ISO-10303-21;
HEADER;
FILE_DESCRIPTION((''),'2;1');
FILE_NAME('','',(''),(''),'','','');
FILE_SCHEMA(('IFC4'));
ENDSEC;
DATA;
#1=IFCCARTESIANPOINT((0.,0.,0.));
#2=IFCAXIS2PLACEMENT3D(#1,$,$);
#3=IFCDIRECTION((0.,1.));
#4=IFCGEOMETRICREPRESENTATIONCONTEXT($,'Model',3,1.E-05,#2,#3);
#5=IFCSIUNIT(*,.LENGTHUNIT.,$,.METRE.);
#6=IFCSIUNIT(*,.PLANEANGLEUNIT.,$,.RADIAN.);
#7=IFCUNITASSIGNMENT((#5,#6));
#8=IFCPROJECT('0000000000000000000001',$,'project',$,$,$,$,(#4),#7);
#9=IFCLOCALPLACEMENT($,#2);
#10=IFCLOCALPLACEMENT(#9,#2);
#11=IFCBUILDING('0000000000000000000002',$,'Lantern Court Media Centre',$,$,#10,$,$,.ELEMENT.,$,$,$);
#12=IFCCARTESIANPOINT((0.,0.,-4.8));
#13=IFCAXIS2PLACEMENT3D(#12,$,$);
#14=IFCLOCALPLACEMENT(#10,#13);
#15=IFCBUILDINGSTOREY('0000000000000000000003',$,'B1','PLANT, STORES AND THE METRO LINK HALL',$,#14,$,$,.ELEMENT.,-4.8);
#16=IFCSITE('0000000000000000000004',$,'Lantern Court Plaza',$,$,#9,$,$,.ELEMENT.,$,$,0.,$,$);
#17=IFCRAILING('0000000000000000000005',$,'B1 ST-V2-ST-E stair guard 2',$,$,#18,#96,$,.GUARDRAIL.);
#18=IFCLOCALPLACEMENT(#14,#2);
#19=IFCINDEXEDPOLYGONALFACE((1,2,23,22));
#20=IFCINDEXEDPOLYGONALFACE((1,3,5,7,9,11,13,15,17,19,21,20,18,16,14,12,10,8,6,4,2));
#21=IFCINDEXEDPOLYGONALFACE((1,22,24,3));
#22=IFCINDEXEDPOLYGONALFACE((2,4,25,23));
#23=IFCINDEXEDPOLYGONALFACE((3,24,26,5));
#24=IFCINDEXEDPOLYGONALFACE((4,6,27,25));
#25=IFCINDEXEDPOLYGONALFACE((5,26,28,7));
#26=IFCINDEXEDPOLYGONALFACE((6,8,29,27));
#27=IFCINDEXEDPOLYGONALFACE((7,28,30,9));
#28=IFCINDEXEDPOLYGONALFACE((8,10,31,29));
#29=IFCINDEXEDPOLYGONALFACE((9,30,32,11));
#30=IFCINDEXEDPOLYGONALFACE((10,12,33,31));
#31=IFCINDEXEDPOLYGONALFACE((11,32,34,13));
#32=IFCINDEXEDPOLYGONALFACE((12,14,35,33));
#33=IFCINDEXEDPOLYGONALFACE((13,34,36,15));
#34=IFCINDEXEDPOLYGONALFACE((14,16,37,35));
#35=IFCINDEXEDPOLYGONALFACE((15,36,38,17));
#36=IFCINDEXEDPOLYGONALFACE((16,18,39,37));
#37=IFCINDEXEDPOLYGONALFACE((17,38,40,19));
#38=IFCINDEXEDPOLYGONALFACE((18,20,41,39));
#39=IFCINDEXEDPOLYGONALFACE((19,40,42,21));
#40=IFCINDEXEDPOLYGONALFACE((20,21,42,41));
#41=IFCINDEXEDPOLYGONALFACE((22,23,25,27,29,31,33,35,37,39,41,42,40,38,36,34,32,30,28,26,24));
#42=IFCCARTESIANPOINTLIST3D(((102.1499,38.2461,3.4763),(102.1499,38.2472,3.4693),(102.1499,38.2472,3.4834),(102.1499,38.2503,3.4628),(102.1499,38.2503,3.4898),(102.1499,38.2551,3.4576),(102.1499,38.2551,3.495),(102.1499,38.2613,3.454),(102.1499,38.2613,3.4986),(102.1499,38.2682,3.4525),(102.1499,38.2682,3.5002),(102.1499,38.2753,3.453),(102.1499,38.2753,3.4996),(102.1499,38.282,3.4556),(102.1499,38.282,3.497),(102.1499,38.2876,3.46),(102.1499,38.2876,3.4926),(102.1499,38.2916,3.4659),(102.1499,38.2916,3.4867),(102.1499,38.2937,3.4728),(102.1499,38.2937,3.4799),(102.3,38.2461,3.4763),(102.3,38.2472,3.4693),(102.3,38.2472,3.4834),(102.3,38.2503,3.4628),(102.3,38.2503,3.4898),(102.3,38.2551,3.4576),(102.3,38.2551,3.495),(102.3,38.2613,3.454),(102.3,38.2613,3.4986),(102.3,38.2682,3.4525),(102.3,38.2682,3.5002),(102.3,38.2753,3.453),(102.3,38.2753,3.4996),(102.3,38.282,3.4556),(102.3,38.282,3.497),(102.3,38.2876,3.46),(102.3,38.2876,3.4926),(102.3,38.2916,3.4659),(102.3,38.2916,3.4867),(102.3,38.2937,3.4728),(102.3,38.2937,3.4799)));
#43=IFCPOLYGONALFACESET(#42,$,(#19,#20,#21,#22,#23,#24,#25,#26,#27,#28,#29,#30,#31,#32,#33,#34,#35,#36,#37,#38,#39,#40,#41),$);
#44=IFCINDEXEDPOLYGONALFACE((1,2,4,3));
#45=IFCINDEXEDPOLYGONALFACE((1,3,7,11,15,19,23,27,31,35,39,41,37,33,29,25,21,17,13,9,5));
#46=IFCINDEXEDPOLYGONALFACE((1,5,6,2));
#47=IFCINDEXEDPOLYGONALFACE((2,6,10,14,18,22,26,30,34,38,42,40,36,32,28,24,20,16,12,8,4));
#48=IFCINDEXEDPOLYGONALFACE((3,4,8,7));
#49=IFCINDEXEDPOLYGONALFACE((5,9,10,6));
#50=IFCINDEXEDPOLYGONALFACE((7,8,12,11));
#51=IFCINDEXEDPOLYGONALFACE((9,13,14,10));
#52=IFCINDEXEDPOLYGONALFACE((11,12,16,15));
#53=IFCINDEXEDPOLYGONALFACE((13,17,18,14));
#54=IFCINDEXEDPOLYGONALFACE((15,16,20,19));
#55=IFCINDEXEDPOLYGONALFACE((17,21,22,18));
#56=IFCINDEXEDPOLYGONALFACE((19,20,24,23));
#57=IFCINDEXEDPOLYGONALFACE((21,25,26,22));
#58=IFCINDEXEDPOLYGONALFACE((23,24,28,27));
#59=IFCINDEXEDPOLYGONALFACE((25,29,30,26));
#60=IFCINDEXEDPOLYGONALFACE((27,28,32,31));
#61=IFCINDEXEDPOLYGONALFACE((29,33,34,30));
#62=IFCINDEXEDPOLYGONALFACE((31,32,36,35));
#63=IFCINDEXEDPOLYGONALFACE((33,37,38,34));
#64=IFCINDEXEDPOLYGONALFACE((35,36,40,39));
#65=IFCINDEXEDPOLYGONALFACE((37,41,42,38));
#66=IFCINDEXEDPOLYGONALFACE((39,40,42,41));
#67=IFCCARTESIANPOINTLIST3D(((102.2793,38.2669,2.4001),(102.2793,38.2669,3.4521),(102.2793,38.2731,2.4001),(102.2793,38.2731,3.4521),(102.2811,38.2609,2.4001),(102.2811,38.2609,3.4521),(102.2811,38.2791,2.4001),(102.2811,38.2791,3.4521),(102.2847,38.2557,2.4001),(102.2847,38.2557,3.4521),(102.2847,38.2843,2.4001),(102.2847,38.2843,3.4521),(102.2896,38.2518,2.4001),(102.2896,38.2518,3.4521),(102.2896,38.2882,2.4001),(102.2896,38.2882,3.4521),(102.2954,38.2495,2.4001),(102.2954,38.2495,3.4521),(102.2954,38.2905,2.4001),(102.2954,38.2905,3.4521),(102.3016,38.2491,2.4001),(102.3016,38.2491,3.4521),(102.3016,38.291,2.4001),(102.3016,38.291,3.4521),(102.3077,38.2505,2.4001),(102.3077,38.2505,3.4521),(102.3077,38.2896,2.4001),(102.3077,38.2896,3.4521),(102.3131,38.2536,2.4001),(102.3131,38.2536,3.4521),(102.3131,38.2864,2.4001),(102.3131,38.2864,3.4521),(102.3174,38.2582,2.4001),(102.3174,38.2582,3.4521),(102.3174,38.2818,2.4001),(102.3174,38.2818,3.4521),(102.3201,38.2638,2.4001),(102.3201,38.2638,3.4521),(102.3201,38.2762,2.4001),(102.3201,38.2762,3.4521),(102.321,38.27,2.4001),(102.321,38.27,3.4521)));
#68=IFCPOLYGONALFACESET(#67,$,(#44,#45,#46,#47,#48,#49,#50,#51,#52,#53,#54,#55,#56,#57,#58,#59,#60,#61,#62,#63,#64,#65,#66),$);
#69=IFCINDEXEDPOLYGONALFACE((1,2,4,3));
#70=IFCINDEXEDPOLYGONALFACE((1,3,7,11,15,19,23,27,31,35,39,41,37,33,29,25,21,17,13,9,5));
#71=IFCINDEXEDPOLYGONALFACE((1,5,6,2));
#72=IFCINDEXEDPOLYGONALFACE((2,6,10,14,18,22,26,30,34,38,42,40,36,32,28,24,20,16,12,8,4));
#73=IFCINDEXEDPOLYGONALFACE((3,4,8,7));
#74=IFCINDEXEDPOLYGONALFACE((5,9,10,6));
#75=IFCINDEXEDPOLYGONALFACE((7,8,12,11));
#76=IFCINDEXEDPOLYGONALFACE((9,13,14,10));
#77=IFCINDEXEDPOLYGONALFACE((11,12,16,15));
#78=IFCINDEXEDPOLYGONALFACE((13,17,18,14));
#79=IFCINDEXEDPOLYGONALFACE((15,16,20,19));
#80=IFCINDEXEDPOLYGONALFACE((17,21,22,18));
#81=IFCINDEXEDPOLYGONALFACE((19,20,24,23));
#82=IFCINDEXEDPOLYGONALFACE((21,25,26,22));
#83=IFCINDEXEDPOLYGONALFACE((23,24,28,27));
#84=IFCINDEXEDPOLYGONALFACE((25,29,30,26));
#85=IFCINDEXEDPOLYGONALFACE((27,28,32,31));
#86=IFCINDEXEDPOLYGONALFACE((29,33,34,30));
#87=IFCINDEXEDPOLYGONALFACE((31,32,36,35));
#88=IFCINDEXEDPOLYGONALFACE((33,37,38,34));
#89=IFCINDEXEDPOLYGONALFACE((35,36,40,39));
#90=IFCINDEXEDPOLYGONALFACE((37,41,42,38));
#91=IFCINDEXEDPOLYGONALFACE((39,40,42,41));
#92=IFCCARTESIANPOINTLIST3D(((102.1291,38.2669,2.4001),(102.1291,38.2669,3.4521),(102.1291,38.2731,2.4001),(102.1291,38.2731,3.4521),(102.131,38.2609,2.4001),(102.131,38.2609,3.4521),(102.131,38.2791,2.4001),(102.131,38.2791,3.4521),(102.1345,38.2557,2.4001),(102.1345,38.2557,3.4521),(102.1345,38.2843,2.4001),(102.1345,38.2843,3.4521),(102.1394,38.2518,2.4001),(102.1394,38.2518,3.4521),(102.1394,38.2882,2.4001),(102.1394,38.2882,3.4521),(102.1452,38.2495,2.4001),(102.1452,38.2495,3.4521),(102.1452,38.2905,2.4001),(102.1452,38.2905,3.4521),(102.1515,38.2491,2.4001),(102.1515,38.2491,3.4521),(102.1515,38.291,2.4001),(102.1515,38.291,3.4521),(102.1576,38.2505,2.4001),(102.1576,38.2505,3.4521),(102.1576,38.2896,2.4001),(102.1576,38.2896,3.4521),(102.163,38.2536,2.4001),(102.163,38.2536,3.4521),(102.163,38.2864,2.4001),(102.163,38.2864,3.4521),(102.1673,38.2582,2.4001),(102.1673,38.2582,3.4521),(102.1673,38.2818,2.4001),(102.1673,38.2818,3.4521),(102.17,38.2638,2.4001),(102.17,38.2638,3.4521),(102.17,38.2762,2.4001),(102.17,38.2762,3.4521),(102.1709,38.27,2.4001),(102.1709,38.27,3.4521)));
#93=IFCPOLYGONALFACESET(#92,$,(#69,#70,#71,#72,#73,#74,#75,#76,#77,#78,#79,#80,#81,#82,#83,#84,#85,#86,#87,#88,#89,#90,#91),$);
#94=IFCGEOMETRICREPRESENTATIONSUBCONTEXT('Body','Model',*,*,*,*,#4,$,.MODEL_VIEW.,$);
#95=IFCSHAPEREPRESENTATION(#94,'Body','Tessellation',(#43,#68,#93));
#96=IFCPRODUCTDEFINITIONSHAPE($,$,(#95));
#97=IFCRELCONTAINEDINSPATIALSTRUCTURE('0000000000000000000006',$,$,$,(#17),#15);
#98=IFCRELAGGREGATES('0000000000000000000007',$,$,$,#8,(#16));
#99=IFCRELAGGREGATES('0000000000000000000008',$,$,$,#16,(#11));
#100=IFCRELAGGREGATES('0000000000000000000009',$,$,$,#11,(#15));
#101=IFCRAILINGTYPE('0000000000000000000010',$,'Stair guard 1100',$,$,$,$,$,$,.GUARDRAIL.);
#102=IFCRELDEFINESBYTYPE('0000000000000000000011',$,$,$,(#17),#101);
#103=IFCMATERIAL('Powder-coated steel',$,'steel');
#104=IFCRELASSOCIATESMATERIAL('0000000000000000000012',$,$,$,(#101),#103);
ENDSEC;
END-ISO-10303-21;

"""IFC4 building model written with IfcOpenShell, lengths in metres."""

from ifc_helpers import new_model, si_unit, direction, frame, origin, origin_2d, place, context, subcontext, project, spatial, circle, extrude, material, type_object, element, save


model = new_model("IFC4")

# Units and contexts
model_context = context("Model", 3, precision=1e-05, world=origin(), true_north=direction((0.0, 1.0)))
body_context = subcontext(model_context, "Body", "Model", "MODEL_VIEW")
ifc_project = project(units=[si_unit("LENGTHUNIT", "METRE"), si_unit("PLANEANGLEUNIT", "RADIAN")], contexts=[model_context])

# Site, building, storey
site_placement = place(None, origin())
site = spatial("IfcSite", under=ifc_project, at=site_placement, Name="Lantern Court Plaza", CompositionType="ELEMENT", RefElevation=0.0)
building_placement = place(site_placement, origin())
building = spatial("IfcBuilding", under=site, at=building_placement, Name="Lantern Court Media Centre", CompositionType="ELEMENT")
storey_placement = place(building_placement, frame((0.0, 0.0, -4.8)))
storey = spatial("IfcBuildingStorey", under=building, at=storey_placement, Name="B1", Description="PLANT, STORES AND THE METRO LINK HALL", CompositionType="ELEMENT", Elevation=-4.8)

# Railing
ifc_material_1 = material(Name="Powder-coated steel", Category="steel")
railing_type = type_object("IfcRailingType", Name="Stair guard 1100", PredefinedType="GUARDRAIL", material=ifc_material_1)
railing_1_placement = place(storey_placement, frame((102.3, 38.27, 2.4001)))
element("IfcRailing", 1, at=railing_1_placement, inside=storey, type_object=railing_type, Name="B1 ST-V2-ST-E stair guard 2", PredefinedType="GUARDRAIL", context=body_context, shape_type="SweptSolid", body=[
    extrude(circle(Radius=0.0239, at=origin_2d()), frame((0.0, 0.0, 1.0762), z_axis=(-1.0, 0.0, 0.0), x_axis=(0.0, -1.0, 0.0)), (0.0, 0.0, 1.0), 0.1501),
    extrude(circle(Radius=0.021, at=origin_2d()), origin(), (0.0, 0.0, 1.0), 1.052),
    extrude(circle(Radius=0.021, at=origin_2d()), frame((-0.1501, 0.0, 0.0)), (0.0, 0.0, 1.0), 1.052),
])

save(model, "model.ifc")
